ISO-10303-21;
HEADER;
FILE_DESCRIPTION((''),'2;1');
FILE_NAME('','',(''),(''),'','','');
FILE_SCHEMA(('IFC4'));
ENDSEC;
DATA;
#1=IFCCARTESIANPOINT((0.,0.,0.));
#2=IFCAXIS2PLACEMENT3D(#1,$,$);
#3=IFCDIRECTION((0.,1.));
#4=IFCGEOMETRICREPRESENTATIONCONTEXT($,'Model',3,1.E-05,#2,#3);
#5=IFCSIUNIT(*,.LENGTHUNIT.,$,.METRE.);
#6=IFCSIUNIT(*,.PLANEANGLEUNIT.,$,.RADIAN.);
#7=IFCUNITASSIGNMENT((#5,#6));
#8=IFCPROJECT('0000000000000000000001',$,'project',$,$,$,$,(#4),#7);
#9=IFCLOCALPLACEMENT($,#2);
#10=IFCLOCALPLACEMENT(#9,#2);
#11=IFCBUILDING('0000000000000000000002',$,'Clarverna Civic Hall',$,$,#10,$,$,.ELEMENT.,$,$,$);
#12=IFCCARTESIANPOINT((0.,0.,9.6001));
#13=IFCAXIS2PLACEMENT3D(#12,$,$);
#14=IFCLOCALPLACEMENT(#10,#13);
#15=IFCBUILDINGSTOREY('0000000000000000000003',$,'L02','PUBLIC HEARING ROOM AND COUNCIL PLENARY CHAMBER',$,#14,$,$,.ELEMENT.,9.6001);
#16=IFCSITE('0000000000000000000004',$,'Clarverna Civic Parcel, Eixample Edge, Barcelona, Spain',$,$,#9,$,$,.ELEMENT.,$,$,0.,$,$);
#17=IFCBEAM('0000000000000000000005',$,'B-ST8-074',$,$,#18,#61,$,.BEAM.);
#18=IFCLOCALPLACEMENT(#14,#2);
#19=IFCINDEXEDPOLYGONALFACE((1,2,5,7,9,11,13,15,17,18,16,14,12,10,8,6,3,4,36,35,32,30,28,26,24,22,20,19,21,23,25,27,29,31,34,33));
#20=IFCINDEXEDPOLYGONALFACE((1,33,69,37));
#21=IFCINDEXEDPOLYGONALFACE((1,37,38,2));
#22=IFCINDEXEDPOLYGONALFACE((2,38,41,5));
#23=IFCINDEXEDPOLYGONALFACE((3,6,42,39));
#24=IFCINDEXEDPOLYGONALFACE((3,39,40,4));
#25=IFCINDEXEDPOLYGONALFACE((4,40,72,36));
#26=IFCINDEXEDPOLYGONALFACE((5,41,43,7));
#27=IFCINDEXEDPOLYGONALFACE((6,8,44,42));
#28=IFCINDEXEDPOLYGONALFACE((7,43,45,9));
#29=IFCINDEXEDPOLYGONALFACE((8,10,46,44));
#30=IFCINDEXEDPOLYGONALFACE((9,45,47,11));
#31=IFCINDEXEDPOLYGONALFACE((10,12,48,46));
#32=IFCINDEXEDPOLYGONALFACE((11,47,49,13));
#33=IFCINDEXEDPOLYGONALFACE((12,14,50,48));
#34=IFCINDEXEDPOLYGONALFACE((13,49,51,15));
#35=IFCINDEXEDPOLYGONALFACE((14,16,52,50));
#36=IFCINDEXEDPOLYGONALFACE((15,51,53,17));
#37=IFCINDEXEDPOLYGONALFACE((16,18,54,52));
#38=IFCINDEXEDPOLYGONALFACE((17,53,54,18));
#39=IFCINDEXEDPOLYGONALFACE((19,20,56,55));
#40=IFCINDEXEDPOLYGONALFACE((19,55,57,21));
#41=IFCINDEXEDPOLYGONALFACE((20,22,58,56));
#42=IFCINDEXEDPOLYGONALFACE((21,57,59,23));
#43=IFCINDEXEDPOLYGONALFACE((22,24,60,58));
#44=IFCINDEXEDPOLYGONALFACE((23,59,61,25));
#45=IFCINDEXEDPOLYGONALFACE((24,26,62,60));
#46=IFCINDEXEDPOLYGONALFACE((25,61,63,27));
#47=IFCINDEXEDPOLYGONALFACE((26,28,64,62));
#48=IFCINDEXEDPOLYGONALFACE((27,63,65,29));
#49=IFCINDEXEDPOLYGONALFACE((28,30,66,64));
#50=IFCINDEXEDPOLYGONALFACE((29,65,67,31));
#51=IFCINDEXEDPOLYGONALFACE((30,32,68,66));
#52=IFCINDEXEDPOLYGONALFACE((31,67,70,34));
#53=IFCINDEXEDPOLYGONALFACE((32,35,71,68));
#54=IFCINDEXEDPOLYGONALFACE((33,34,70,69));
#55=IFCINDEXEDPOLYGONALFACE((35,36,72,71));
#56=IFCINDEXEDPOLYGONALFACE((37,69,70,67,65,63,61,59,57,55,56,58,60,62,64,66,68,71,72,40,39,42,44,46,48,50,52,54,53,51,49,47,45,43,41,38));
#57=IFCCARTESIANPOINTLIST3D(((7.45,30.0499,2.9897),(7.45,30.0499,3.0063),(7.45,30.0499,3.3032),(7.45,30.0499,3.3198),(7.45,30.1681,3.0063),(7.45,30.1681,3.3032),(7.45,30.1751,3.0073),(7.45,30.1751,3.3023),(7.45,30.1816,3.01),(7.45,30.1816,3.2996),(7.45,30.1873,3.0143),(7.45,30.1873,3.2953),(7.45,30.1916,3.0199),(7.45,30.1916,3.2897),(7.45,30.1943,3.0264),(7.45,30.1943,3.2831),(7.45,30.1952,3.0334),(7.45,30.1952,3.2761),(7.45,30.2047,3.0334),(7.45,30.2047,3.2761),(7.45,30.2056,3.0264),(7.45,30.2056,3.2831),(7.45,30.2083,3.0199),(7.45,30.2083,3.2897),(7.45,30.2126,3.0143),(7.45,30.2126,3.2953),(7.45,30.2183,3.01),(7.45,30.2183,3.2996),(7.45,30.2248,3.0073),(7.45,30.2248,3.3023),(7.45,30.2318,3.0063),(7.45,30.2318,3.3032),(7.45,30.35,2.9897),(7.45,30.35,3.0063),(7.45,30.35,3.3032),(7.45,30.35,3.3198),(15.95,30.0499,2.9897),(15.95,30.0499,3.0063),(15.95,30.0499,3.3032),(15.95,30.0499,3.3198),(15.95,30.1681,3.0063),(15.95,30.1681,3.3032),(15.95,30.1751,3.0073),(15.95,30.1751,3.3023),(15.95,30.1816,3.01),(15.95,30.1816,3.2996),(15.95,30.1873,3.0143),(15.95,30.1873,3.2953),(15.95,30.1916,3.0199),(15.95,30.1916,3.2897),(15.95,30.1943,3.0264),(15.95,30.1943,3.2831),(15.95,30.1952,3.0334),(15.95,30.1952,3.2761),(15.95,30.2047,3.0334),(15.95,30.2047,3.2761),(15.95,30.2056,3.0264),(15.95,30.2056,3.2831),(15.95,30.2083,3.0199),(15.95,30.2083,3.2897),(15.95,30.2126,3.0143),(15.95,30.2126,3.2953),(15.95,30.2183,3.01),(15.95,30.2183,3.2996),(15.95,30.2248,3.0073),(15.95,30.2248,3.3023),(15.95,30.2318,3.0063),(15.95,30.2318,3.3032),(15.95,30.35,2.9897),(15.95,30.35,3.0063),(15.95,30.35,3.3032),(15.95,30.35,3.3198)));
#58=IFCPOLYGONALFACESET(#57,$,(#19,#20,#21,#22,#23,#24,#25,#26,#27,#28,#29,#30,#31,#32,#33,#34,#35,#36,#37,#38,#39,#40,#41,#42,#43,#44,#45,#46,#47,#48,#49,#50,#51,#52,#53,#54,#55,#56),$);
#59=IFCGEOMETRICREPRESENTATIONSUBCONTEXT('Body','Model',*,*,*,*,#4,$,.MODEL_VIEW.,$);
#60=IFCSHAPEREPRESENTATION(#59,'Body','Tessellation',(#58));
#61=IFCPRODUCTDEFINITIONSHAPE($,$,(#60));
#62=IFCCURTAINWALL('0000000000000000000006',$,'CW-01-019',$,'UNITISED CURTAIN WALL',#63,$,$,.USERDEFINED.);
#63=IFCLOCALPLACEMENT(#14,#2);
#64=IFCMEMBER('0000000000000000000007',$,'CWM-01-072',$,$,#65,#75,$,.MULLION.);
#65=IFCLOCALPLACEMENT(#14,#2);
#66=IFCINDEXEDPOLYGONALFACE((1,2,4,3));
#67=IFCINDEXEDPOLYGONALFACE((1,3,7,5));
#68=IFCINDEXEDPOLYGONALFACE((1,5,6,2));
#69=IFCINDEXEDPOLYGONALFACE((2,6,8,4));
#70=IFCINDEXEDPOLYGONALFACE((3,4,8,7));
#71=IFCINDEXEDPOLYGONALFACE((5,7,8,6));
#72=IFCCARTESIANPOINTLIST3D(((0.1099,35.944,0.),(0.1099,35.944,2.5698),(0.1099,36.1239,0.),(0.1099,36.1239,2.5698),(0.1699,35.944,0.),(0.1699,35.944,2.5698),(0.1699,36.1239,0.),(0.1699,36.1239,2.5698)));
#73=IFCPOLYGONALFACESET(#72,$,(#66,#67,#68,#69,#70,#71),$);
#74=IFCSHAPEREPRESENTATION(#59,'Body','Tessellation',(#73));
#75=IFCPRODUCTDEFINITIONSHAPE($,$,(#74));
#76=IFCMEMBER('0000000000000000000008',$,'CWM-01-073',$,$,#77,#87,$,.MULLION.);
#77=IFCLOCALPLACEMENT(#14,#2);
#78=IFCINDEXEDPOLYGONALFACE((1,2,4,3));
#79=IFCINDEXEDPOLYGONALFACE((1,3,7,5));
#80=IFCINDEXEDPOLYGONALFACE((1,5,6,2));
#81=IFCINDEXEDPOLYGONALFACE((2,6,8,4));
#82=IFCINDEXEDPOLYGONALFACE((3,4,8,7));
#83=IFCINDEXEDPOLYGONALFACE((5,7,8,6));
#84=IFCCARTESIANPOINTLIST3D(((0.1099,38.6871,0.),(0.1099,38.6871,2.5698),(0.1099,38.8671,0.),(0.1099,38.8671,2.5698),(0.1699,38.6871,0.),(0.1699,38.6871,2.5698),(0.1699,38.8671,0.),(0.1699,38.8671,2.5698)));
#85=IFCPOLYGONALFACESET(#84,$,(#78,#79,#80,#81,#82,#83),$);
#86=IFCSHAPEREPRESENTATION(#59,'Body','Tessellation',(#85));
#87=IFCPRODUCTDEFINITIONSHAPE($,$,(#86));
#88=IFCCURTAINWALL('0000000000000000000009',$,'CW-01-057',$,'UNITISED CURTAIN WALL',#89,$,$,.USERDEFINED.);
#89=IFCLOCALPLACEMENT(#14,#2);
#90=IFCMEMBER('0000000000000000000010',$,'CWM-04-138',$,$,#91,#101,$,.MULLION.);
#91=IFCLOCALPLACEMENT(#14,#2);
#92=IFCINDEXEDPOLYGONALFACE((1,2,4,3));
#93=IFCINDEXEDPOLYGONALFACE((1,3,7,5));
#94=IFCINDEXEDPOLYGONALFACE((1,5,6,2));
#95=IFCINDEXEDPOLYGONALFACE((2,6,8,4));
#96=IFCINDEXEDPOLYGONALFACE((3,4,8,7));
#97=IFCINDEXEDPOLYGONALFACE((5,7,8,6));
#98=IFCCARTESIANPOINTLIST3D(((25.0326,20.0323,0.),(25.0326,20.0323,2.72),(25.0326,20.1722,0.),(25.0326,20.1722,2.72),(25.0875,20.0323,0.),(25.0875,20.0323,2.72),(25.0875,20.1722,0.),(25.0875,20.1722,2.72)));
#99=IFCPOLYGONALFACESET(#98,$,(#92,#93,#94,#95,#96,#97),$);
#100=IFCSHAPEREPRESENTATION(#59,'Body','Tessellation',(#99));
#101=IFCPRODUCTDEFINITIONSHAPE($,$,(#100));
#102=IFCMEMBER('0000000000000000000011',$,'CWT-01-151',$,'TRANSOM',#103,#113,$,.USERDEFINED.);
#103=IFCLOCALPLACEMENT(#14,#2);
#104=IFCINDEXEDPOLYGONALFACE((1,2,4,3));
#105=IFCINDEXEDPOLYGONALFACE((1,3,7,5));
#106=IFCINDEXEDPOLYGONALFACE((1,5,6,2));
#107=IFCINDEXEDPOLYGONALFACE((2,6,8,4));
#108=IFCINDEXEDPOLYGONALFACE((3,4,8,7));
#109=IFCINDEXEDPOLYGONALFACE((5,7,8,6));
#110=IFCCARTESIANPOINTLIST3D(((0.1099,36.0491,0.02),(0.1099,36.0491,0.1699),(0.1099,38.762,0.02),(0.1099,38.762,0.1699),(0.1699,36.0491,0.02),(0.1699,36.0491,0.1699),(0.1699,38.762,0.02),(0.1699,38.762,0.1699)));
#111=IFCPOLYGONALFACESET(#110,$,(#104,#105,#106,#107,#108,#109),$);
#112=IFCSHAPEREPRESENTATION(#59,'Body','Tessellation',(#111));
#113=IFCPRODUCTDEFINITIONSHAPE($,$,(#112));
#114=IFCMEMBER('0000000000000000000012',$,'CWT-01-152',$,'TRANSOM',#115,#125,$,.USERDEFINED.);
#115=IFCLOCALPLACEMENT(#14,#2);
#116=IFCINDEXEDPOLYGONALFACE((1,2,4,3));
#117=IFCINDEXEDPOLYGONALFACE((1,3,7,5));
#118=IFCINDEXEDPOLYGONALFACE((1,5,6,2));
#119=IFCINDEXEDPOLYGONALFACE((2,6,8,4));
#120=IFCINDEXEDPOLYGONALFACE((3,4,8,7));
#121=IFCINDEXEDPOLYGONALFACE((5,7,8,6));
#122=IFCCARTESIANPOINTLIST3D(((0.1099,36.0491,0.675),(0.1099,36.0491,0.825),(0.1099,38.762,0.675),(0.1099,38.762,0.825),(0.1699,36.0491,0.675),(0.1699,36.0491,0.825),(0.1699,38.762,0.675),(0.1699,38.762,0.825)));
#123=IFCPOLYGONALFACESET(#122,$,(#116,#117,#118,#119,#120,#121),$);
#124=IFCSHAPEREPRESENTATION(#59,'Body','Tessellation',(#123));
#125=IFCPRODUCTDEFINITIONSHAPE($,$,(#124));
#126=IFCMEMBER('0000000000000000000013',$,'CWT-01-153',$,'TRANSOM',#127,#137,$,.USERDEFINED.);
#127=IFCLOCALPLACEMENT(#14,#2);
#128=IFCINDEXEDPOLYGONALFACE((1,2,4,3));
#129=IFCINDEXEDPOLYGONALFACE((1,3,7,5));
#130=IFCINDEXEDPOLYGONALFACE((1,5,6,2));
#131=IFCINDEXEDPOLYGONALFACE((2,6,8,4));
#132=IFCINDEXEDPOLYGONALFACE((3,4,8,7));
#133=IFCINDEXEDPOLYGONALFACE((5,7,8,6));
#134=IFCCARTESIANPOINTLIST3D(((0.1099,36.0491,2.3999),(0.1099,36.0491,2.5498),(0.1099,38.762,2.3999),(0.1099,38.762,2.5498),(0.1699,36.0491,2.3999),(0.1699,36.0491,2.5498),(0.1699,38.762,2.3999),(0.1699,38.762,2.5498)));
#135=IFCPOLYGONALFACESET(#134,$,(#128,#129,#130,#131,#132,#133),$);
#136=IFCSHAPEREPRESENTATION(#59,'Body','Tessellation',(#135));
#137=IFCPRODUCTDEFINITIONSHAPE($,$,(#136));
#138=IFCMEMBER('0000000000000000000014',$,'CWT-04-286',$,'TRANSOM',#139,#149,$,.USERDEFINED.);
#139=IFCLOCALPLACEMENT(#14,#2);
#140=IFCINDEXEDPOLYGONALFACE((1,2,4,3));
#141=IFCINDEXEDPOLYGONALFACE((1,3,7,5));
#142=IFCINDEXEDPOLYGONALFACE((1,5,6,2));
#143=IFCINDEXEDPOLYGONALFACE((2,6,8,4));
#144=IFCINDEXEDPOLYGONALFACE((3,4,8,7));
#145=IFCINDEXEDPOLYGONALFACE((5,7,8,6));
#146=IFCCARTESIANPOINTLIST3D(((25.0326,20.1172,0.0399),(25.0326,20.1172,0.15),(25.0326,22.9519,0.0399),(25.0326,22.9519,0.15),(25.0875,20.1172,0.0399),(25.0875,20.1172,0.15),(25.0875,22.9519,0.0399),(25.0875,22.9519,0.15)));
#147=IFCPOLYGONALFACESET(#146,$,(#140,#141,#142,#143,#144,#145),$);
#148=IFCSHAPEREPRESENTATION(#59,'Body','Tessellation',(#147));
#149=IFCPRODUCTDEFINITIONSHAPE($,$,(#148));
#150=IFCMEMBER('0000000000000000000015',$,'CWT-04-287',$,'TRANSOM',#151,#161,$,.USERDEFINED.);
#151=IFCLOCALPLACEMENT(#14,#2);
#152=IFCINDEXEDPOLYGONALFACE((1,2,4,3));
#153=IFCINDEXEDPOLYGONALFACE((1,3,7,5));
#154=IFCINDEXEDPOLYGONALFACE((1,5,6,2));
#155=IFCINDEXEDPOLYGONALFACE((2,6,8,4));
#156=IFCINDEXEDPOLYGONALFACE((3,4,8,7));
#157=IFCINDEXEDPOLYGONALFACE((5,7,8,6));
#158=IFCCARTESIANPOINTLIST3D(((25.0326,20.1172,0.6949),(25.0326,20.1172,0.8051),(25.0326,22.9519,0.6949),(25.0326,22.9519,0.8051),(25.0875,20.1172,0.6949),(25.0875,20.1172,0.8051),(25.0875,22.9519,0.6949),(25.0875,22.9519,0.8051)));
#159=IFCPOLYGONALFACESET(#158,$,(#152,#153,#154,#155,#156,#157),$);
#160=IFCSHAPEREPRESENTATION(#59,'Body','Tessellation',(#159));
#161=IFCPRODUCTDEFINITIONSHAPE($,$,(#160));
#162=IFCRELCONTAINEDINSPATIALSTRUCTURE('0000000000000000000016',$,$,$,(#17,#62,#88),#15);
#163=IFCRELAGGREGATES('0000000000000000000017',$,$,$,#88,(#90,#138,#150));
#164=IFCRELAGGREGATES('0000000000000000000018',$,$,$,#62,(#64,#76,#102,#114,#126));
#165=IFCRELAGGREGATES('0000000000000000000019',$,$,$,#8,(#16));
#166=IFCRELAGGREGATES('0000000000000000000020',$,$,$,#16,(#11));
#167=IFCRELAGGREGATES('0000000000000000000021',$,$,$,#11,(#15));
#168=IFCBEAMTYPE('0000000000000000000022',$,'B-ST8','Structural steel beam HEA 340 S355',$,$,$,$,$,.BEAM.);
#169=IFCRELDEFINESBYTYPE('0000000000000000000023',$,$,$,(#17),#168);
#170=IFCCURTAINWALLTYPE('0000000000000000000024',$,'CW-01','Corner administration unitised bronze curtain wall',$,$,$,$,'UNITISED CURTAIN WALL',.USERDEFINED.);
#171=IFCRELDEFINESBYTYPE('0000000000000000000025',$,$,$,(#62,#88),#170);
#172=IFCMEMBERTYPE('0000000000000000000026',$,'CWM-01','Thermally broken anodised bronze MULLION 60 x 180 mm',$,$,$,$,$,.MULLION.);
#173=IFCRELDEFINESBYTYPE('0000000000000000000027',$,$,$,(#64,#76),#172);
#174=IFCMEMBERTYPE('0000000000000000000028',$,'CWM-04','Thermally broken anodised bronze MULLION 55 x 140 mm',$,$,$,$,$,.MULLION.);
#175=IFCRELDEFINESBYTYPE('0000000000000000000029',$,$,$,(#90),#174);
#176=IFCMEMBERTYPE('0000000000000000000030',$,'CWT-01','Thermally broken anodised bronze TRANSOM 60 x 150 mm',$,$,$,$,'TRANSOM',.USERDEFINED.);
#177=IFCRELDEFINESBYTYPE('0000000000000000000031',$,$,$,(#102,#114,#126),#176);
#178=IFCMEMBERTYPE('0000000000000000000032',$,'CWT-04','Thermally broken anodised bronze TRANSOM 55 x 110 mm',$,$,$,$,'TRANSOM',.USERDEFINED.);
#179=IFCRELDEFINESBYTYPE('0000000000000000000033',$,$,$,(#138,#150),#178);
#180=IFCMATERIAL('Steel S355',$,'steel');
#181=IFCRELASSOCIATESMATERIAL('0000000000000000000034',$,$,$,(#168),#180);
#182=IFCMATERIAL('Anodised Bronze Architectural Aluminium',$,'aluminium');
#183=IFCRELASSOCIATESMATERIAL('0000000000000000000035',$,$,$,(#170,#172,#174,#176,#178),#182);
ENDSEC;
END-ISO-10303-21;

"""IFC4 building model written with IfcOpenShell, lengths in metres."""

from ifc_helpers import new_model, si_unit, direction, frame, origin, origin_2d, place, context, subcontext, project, spatial, rectangle, i_section, extrude, material, material_profile, profile_set, type_object, element, aggregate, save


model = new_model("IFC4")

# Units and contexts
model_context = context("Model", 3, precision=1e-05, world=origin(), true_north=direction((0.0, 1.0)))
body_context = subcontext(model_context, "Body", "Model", "MODEL_VIEW")
ifc_project = project(units=[si_unit("LENGTHUNIT", "METRE"), si_unit("PLANEANGLEUNIT", "RADIAN")], contexts=[model_context])

# Site, building, storey
site_placement = place(None, origin())
site = spatial("IfcSite", under=ifc_project, at=site_placement, Name="Clarverna Civic Parcel, Eixample Edge, Barcelona, Spain", CompositionType="ELEMENT", RefElevation=0.0)
building_placement = place(site_placement, origin())
building = spatial("IfcBuilding", under=site, at=building_placement, Name="Clarverna Civic Hall", CompositionType="ELEMENT")
storey_placement = place(building_placement, frame((0.0, 0.0, 9.6001)))
storey = spatial("IfcBuildingStorey", under=building, at=storey_placement, Name="L02", Description="PUBLIC HEARING ROOM AND COUNCIL PLENARY CHAMBER", CompositionType="ELEMENT", Elevation=9.6001)

# Beam
ifc_material_1 = material(Name="Steel S355", Category="steel")
ifc_material_profile_1 = material_profile(ifc_material_1, i_section(OverallWidth=0.3, OverallDepth=0.3301, WebThickness=0.0095, FlangeThickness=0.0166, FilletRadius=0.0271, at=origin_2d()), Name="HEA 340")
ifc_profile_set_1 = profile_set([ifc_material_profile_1], Name="Steel S355")
beam_type_1 = type_object("IfcBeamType", Name="B-ST8", Description="Structural steel beam HEA 340 S355", PredefinedType="BEAM", material=ifc_profile_set_1)
beam_1_placement = place(storey_placement, frame((7.45, 30.2, 3.1548), z_axis=(1.0, 0.0, 0.0), x_axis=(0.0, 1.0, 0.0)))
element("IfcBeam", 1, at=beam_1_placement, inside=storey, type_object=beam_type_1, Name="B-ST8-074", PredefinedType="BEAM", context=body_context, shape_type="SweptSolid", body=[
    extrude(i_section(OverallWidth=0.3, OverallDepth=0.3301, WebThickness=0.0095, FlangeThickness=0.0166, FilletRadius=0.0271, at=origin_2d()), origin(), (0.0, 0.0, 1.0), 8.5),
])

# Curtain wall, members
ifc_material_2 = material(Name="Anodised Bronze Architectural Aluminium", Category="aluminium")
curtain_wall_type = type_object("IfcCurtainWallType", Name="CW-01", Description="Corner administration unitised bronze curtain wall", ElementType="UNITISED CURTAIN WALL", PredefinedType="USERDEFINED", material=ifc_material_2)
curtain_wall_1_placement = place(storey_placement, origin())
curtain_wall_1 = element("IfcCurtainWall", 2, at=curtain_wall_1_placement, inside=storey, type_object=curtain_wall_type, Name="CW-01-019", ObjectType="UNITISED CURTAIN WALL", PredefinedType="USERDEFINED")
ifc_material_profile_2 = material_profile(ifc_material_2, rectangle(XDim=0.0601, YDim=0.1799, at=origin_2d()), Name="BRONZE 60x180")
ifc_profile_set_2 = profile_set([ifc_material_profile_2], Name="Anodised Bronze Architectural Aluminium")
member_type_1 = type_object("IfcMemberType", Name="CWM-01", Description="Thermally broken anodised bronze MULLION 60 x 180 mm", PredefinedType="MULLION", material=ifc_profile_set_2)
member_1_placement = place(storey_placement, frame((0.1399, 36.0339, 0.0), z_axis=(0.0, 0.0, 1.0), x_axis=(1.0, 0.0, 0.0)))
member_1 = element("IfcMember", 3, at=member_1_placement, type_object=member_type_1, Name="CWM-01-072", PredefinedType="MULLION", context=body_context, shape_type="SweptSolid", body=[
    extrude(rectangle(XDim=0.0601, YDim=0.1799, at=origin_2d()), origin(), (0.0, 0.0, 1.0), 2.5698),
])
member_2_placement = place(storey_placement, frame((0.1399, 38.7771, 0.0), z_axis=(0.0, 0.0, 1.0), x_axis=(1.0, 0.0, 0.0)))
member_2 = element("IfcMember", 4, at=member_2_placement, type_object=member_type_1, Name="CWM-01-073", PredefinedType="MULLION", context=body_context, shape_type="SweptSolid", body=[
    extrude(rectangle(XDim=0.0601, YDim=0.1799, at=origin_2d()), origin(), (0.0, 0.0, 1.0), 2.5698),
])

# Curtain wall, member
curtain_wall_2_placement = place(storey_placement, origin())
curtain_wall_2 = element("IfcCurtainWall", 5, at=curtain_wall_2_placement, inside=storey, type_object=curtain_wall_type, Name="CW-01-057", ObjectType="UNITISED CURTAIN WALL", PredefinedType="USERDEFINED")
ifc_material_profile_3 = material_profile(ifc_material_2, rectangle(XDim=0.0549, YDim=0.1399, at=origin_2d()), Name="BRONZE 55x140")
ifc_profile_set_3 = profile_set([ifc_material_profile_3], Name="Anodised Bronze Architectural Aluminium")
member_type_2 = type_object("IfcMemberType", Name="CWM-04", Description="Thermally broken anodised bronze MULLION 55 x 140 mm", PredefinedType="MULLION", material=ifc_profile_set_3)
member_3_placement = place(storey_placement, frame((25.0601, 20.1023, 0.0), z_axis=(0.0, 0.0, 1.0), x_axis=(1.0, 0.0, 0.0)))
member_3 = element("IfcMember", 6, at=member_3_placement, type_object=member_type_2, Name="CWM-04-138", PredefinedType="MULLION", context=body_context, shape_type="SweptSolid", body=[
    extrude(rectangle(XDim=0.0549, YDim=0.1399, at=origin_2d()), origin(), (0.0, 0.0, 1.0), 2.72),
])

# Members
ifc_material_profile_4 = material_profile(ifc_material_2, rectangle(XDim=0.0601, YDim=0.1499, at=origin_2d()), Name="BRONZE 60x150")
ifc_profile_set_4 = profile_set([ifc_material_profile_4], Name="Anodised Bronze Architectural Aluminium")
member_type_3 = type_object("IfcMemberType", Name="CWT-01", Description="Thermally broken anodised bronze TRANSOM 60 x 150 mm", ElementType="TRANSOM", PredefinedType="USERDEFINED", material=ifc_profile_set_4)
member_4_placement = place(storey_placement, frame((0.1399, 36.0491, 0.095), z_axis=(0.0, 1.0, 0.0), x_axis=(-1.0, 0.0, 0.0)))
member_4 = element("IfcMember", 7, at=member_4_placement, type_object=member_type_3, Name="CWT-01-151", ObjectType="TRANSOM", PredefinedType="USERDEFINED", context=body_context, shape_type="SweptSolid", body=[
    extrude(rectangle(XDim=0.0601, YDim=0.1499, at=origin_2d()), origin(), (0.0, 0.0, 1.0), 2.7129),
])
member_5_placement = place(storey_placement, frame((0.1399, 36.0491, 0.75), z_axis=(0.0, 1.0, 0.0), x_axis=(-1.0, 0.0, 0.0)))
member_5 = element("IfcMember", 8, at=member_5_placement, type_object=member_type_3, Name="CWT-01-152", ObjectType="TRANSOM", PredefinedType="USERDEFINED", context=body_context, shape_type="SweptSolid", body=[
    extrude(rectangle(XDim=0.0601, YDim=0.1499, at=origin_2d()), origin(), (0.0, 0.0, 1.0), 2.7129),
])
member_6_placement = place(storey_placement, frame((0.1399, 36.0491, 2.4749), z_axis=(0.0, 1.0, 0.0), x_axis=(-1.0, 0.0, 0.0)))
member_6 = element("IfcMember", 9, at=member_6_placement, type_object=member_type_3, Name="CWT-01-153", ObjectType="TRANSOM", PredefinedType="USERDEFINED", context=body_context, shape_type="SweptSolid", body=[
    extrude(rectangle(XDim=0.0601, YDim=0.1499, at=origin_2d()), origin(), (0.0, 0.0, 1.0), 2.7129),
])
ifc_material_profile_5 = material_profile(ifc_material_2, rectangle(XDim=0.0549, YDim=0.1101, at=origin_2d()), Name="BRONZE 55x110")
ifc_profile_set_5 = profile_set([ifc_material_profile_5], Name="Anodised Bronze Architectural Aluminium")
member_type_4 = type_object("IfcMemberType", Name="CWT-04", Description="Thermally broken anodised bronze TRANSOM 55 x 110 mm", ElementType="TRANSOM", PredefinedType="USERDEFINED", material=ifc_profile_set_5)
member_7_placement = place(storey_placement, frame((25.0601, 22.9519, 0.095), z_axis=(0.0, -1.0, 0.0), x_axis=(1.0, 0.0, 0.0)))
member_7 = element("IfcMember", 10, at=member_7_placement, type_object=member_type_4, Name="CWT-04-286", ObjectType="TRANSOM", PredefinedType="USERDEFINED", context=body_context, shape_type="SweptSolid", body=[
    extrude(rectangle(XDim=0.0549, YDim=0.1101, at=origin_2d()), origin(), (0.0, 0.0, 1.0), 2.8347),
])
member_8_placement = place(storey_placement, frame((25.0601, 22.9519, 0.75), z_axis=(0.0, -1.0, 0.0), x_axis=(1.0, 0.0, 0.0)))
member_8 = element("IfcMember", 11, at=member_8_placement, type_object=member_type_4, Name="CWT-04-287", ObjectType="TRANSOM", PredefinedType="USERDEFINED", context=body_context, shape_type="SweptSolid", body=[
    extrude(rectangle(XDim=0.0549, YDim=0.1101, at=origin_2d()), origin(), (0.0, 0.0, 1.0), 2.8347),
])
aggregate(curtain_wall_2, [member_3, member_7, member_8])

aggregate(curtain_wall_1, [member_1, member_2, member_4, member_5, member_6])

save(model, "model.ifc")
